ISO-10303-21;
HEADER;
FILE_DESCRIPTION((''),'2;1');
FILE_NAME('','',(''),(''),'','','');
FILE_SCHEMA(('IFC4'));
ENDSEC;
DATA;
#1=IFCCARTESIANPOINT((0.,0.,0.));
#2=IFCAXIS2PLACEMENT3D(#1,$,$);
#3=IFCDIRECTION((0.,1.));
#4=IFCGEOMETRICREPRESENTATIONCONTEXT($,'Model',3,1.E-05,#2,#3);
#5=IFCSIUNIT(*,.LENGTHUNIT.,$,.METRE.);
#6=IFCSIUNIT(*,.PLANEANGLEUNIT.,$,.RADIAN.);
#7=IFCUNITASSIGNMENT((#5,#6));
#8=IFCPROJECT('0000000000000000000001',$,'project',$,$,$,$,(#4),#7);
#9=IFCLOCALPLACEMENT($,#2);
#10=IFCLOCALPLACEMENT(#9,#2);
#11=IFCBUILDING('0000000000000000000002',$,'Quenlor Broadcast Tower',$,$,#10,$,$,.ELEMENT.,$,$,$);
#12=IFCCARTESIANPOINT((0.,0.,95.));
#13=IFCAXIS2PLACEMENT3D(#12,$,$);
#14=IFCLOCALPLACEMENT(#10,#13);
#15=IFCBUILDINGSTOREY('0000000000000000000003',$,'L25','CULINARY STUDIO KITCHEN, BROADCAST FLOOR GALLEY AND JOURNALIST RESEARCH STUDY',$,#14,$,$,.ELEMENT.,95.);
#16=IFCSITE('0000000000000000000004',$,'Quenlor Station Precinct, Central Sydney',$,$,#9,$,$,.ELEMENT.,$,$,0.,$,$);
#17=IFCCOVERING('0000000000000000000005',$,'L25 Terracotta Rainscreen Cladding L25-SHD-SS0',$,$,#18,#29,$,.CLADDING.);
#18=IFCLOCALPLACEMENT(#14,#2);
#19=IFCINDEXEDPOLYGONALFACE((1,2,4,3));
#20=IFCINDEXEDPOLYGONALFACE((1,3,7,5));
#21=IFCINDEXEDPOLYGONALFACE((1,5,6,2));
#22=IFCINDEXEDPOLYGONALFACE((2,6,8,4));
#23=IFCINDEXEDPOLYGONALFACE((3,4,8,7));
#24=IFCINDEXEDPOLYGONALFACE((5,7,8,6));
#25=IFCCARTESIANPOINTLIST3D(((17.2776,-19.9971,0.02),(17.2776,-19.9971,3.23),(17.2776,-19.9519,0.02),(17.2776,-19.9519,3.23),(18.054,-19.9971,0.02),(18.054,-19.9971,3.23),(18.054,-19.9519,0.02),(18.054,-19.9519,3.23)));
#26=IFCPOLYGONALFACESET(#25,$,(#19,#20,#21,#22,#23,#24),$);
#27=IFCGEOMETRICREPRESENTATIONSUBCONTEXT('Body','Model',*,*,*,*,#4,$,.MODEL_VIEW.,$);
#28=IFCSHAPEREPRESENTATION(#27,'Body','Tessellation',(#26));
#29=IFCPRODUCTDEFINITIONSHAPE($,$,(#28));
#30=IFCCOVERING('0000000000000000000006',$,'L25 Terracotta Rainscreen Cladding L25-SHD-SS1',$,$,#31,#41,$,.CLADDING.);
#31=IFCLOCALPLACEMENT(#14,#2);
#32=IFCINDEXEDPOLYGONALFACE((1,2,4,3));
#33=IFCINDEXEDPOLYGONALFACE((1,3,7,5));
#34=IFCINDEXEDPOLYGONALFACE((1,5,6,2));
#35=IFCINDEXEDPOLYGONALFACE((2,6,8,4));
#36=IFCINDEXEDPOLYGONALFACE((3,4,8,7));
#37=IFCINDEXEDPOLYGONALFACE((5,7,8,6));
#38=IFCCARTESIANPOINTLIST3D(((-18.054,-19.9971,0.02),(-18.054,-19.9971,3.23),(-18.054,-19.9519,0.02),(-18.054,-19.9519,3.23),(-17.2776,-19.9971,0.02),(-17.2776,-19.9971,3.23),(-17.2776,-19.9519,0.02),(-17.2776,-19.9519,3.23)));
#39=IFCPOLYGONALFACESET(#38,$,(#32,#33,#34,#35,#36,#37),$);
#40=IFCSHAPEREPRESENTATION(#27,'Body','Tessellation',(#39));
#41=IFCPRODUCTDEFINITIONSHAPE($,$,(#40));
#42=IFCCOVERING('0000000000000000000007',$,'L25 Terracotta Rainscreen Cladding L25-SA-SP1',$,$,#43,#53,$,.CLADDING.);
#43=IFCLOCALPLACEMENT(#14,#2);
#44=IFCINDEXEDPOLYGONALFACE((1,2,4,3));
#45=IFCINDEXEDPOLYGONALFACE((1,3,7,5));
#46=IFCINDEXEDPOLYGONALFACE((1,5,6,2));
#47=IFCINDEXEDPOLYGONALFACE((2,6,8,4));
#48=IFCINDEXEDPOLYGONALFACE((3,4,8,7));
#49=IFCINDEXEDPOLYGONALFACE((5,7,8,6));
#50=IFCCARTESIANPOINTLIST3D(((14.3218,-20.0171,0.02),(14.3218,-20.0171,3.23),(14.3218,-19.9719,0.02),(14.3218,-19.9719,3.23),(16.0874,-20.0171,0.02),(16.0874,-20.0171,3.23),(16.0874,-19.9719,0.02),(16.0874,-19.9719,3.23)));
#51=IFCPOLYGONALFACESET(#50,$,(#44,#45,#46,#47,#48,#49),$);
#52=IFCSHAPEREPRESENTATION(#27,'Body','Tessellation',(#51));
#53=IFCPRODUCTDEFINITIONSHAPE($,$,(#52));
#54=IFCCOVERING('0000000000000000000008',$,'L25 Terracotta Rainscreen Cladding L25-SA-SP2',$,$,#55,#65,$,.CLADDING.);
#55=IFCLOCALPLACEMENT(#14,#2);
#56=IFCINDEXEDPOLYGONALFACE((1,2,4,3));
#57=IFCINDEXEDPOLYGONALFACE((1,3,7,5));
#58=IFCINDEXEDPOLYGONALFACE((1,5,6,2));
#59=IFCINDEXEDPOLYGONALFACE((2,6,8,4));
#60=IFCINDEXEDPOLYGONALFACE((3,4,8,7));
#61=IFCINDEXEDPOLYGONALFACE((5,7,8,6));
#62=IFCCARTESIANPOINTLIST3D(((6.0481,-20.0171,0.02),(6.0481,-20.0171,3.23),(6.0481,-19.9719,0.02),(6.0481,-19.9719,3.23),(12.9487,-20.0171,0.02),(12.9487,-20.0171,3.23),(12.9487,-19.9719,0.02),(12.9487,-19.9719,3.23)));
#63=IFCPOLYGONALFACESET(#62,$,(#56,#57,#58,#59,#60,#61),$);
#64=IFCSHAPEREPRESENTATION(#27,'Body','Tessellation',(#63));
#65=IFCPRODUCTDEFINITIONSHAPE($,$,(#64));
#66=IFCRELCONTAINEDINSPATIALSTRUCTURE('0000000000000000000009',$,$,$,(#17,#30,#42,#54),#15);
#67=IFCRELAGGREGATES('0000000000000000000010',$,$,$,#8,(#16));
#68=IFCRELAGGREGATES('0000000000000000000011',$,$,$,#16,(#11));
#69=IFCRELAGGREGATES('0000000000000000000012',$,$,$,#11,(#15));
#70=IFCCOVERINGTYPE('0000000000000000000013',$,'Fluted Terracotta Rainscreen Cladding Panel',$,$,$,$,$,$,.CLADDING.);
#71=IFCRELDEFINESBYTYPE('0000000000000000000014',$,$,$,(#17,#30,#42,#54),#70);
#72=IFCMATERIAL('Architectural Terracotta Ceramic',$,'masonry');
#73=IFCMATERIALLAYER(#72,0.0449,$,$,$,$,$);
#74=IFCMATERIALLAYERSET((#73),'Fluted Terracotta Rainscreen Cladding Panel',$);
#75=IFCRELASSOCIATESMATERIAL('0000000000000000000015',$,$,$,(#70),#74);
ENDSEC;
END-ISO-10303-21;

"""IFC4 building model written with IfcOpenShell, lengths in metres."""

from ifc_helpers import new_model, si_unit, direction, frame, origin, place, context, subcontext, project, spatial, polyline, outline, extrude, material, layer, layer_set, type_object, element, save


model = new_model("IFC4")

# Units and contexts
model_context = context("Model", 3, precision=1e-05, world=origin(), true_north=direction((0.0, 1.0)))
body_context = subcontext(model_context, "Body", "Model", "MODEL_VIEW")
ifc_project = project(units=[si_unit("LENGTHUNIT", "METRE"), si_unit("PLANEANGLEUNIT", "RADIAN")], contexts=[model_context])

# Site, building, storey
site_placement = place(None, origin())
site = spatial("IfcSite", under=ifc_project, at=site_placement, Name="Quenlor Station Precinct, Central Sydney", CompositionType="ELEMENT", RefElevation=0.0)
building_placement = place(site_placement, origin())
building = spatial("IfcBuilding", under=site, at=building_placement, Name="Quenlor Broadcast Tower", CompositionType="ELEMENT")
storey_placement = place(building_placement, frame((0.0, 0.0, 95.0)))
storey = spatial("IfcBuildingStorey", under=building, at=storey_placement, Name="L25", Description="CULINARY STUDIO KITCHEN, BROADCAST FLOOR GALLEY AND JOURNALIST RESEARCH STUDY", CompositionType="ELEMENT", Elevation=95.0)

# Coverings
ifc_material_1 = material(Name="Architectural Terracotta Ceramic", Category="masonry")
ifc_layer_1 = layer(ifc_material_1, 0.0449)
ifc_layer_set_1 = layer_set([ifc_layer_1], Name="Fluted Terracotta Rainscreen Cladding Panel")
covering_type = type_object("IfcCoveringType", Name="Fluted Terracotta Rainscreen Cladding Panel", PredefinedType="CLADDING", material=ifc_layer_set_1)
covering_1_placement = place(storey_placement, frame((0.0, 0.0, 0.02)))
element("IfcCovering", 1, at=covering_1_placement, inside=storey, type_object=covering_type, Name="L25 Terracotta Rainscreen Cladding L25-SHD-SS0", PredefinedType="CLADDING", context=body_context, shape_type="SweptSolid", body=[
    extrude(outline(polyline([(18.054, -19.9519), (17.2776, -19.9519), (17.2776, -19.9971), (18.054, -19.9971), (18.054, -19.9519)])), origin(), (0.0, 0.0, 1.0), 3.21),
])
covering_2_placement = place(storey_placement, frame((0.0, 0.0, 0.02)))
element("IfcCovering", 2, at=covering_2_placement, inside=storey, type_object=covering_type, Name="L25 Terracotta Rainscreen Cladding L25-SHD-SS1", PredefinedType="CLADDING", context=body_context, shape_type="SweptSolid", body=[
    extrude(outline(polyline([(-17.2776, -19.9519), (-18.054, -19.9519), (-18.054, -19.9971), (-17.2776, -19.9971), (-17.2776, -19.9519)])), origin(), (0.0, 0.0, 1.0), 3.21),
])
covering_3_placement = place(storey_placement, frame((0.0, 0.0, 0.02)))
element("IfcCovering", 3, at=covering_3_placement, inside=storey, type_object=covering_type, Name="L25 Terracotta Rainscreen Cladding L25-SA-SP1", PredefinedType="CLADDING", context=body_context, shape_type="SweptSolid", body=[
    extrude(outline(polyline([(16.0874, -19.9719), (14.3218, -19.9719), (14.3218, -20.0171), (16.0874, -20.0171), (16.0874, -19.9719)])), origin(), (0.0, 0.0, 1.0), 3.21),
])
covering_4_placement = place(storey_placement, frame((0.0, 0.0, 0.02)))
element("IfcCovering", 4, at=covering_4_placement, inside=storey, type_object=covering_type, Name="L25 Terracotta Rainscreen Cladding L25-SA-SP2", PredefinedType="CLADDING", context=body_context, shape_type="SweptSolid", body=[
    extrude(outline(polyline([(12.9487, -19.9719), (6.0481, -19.9719), (6.0481, -20.0171), (12.9487, -20.0171), (12.9487, -19.9719)])), origin(), (0.0, 0.0, 1.0), 3.21),
])

save(model, "model.ifc")
